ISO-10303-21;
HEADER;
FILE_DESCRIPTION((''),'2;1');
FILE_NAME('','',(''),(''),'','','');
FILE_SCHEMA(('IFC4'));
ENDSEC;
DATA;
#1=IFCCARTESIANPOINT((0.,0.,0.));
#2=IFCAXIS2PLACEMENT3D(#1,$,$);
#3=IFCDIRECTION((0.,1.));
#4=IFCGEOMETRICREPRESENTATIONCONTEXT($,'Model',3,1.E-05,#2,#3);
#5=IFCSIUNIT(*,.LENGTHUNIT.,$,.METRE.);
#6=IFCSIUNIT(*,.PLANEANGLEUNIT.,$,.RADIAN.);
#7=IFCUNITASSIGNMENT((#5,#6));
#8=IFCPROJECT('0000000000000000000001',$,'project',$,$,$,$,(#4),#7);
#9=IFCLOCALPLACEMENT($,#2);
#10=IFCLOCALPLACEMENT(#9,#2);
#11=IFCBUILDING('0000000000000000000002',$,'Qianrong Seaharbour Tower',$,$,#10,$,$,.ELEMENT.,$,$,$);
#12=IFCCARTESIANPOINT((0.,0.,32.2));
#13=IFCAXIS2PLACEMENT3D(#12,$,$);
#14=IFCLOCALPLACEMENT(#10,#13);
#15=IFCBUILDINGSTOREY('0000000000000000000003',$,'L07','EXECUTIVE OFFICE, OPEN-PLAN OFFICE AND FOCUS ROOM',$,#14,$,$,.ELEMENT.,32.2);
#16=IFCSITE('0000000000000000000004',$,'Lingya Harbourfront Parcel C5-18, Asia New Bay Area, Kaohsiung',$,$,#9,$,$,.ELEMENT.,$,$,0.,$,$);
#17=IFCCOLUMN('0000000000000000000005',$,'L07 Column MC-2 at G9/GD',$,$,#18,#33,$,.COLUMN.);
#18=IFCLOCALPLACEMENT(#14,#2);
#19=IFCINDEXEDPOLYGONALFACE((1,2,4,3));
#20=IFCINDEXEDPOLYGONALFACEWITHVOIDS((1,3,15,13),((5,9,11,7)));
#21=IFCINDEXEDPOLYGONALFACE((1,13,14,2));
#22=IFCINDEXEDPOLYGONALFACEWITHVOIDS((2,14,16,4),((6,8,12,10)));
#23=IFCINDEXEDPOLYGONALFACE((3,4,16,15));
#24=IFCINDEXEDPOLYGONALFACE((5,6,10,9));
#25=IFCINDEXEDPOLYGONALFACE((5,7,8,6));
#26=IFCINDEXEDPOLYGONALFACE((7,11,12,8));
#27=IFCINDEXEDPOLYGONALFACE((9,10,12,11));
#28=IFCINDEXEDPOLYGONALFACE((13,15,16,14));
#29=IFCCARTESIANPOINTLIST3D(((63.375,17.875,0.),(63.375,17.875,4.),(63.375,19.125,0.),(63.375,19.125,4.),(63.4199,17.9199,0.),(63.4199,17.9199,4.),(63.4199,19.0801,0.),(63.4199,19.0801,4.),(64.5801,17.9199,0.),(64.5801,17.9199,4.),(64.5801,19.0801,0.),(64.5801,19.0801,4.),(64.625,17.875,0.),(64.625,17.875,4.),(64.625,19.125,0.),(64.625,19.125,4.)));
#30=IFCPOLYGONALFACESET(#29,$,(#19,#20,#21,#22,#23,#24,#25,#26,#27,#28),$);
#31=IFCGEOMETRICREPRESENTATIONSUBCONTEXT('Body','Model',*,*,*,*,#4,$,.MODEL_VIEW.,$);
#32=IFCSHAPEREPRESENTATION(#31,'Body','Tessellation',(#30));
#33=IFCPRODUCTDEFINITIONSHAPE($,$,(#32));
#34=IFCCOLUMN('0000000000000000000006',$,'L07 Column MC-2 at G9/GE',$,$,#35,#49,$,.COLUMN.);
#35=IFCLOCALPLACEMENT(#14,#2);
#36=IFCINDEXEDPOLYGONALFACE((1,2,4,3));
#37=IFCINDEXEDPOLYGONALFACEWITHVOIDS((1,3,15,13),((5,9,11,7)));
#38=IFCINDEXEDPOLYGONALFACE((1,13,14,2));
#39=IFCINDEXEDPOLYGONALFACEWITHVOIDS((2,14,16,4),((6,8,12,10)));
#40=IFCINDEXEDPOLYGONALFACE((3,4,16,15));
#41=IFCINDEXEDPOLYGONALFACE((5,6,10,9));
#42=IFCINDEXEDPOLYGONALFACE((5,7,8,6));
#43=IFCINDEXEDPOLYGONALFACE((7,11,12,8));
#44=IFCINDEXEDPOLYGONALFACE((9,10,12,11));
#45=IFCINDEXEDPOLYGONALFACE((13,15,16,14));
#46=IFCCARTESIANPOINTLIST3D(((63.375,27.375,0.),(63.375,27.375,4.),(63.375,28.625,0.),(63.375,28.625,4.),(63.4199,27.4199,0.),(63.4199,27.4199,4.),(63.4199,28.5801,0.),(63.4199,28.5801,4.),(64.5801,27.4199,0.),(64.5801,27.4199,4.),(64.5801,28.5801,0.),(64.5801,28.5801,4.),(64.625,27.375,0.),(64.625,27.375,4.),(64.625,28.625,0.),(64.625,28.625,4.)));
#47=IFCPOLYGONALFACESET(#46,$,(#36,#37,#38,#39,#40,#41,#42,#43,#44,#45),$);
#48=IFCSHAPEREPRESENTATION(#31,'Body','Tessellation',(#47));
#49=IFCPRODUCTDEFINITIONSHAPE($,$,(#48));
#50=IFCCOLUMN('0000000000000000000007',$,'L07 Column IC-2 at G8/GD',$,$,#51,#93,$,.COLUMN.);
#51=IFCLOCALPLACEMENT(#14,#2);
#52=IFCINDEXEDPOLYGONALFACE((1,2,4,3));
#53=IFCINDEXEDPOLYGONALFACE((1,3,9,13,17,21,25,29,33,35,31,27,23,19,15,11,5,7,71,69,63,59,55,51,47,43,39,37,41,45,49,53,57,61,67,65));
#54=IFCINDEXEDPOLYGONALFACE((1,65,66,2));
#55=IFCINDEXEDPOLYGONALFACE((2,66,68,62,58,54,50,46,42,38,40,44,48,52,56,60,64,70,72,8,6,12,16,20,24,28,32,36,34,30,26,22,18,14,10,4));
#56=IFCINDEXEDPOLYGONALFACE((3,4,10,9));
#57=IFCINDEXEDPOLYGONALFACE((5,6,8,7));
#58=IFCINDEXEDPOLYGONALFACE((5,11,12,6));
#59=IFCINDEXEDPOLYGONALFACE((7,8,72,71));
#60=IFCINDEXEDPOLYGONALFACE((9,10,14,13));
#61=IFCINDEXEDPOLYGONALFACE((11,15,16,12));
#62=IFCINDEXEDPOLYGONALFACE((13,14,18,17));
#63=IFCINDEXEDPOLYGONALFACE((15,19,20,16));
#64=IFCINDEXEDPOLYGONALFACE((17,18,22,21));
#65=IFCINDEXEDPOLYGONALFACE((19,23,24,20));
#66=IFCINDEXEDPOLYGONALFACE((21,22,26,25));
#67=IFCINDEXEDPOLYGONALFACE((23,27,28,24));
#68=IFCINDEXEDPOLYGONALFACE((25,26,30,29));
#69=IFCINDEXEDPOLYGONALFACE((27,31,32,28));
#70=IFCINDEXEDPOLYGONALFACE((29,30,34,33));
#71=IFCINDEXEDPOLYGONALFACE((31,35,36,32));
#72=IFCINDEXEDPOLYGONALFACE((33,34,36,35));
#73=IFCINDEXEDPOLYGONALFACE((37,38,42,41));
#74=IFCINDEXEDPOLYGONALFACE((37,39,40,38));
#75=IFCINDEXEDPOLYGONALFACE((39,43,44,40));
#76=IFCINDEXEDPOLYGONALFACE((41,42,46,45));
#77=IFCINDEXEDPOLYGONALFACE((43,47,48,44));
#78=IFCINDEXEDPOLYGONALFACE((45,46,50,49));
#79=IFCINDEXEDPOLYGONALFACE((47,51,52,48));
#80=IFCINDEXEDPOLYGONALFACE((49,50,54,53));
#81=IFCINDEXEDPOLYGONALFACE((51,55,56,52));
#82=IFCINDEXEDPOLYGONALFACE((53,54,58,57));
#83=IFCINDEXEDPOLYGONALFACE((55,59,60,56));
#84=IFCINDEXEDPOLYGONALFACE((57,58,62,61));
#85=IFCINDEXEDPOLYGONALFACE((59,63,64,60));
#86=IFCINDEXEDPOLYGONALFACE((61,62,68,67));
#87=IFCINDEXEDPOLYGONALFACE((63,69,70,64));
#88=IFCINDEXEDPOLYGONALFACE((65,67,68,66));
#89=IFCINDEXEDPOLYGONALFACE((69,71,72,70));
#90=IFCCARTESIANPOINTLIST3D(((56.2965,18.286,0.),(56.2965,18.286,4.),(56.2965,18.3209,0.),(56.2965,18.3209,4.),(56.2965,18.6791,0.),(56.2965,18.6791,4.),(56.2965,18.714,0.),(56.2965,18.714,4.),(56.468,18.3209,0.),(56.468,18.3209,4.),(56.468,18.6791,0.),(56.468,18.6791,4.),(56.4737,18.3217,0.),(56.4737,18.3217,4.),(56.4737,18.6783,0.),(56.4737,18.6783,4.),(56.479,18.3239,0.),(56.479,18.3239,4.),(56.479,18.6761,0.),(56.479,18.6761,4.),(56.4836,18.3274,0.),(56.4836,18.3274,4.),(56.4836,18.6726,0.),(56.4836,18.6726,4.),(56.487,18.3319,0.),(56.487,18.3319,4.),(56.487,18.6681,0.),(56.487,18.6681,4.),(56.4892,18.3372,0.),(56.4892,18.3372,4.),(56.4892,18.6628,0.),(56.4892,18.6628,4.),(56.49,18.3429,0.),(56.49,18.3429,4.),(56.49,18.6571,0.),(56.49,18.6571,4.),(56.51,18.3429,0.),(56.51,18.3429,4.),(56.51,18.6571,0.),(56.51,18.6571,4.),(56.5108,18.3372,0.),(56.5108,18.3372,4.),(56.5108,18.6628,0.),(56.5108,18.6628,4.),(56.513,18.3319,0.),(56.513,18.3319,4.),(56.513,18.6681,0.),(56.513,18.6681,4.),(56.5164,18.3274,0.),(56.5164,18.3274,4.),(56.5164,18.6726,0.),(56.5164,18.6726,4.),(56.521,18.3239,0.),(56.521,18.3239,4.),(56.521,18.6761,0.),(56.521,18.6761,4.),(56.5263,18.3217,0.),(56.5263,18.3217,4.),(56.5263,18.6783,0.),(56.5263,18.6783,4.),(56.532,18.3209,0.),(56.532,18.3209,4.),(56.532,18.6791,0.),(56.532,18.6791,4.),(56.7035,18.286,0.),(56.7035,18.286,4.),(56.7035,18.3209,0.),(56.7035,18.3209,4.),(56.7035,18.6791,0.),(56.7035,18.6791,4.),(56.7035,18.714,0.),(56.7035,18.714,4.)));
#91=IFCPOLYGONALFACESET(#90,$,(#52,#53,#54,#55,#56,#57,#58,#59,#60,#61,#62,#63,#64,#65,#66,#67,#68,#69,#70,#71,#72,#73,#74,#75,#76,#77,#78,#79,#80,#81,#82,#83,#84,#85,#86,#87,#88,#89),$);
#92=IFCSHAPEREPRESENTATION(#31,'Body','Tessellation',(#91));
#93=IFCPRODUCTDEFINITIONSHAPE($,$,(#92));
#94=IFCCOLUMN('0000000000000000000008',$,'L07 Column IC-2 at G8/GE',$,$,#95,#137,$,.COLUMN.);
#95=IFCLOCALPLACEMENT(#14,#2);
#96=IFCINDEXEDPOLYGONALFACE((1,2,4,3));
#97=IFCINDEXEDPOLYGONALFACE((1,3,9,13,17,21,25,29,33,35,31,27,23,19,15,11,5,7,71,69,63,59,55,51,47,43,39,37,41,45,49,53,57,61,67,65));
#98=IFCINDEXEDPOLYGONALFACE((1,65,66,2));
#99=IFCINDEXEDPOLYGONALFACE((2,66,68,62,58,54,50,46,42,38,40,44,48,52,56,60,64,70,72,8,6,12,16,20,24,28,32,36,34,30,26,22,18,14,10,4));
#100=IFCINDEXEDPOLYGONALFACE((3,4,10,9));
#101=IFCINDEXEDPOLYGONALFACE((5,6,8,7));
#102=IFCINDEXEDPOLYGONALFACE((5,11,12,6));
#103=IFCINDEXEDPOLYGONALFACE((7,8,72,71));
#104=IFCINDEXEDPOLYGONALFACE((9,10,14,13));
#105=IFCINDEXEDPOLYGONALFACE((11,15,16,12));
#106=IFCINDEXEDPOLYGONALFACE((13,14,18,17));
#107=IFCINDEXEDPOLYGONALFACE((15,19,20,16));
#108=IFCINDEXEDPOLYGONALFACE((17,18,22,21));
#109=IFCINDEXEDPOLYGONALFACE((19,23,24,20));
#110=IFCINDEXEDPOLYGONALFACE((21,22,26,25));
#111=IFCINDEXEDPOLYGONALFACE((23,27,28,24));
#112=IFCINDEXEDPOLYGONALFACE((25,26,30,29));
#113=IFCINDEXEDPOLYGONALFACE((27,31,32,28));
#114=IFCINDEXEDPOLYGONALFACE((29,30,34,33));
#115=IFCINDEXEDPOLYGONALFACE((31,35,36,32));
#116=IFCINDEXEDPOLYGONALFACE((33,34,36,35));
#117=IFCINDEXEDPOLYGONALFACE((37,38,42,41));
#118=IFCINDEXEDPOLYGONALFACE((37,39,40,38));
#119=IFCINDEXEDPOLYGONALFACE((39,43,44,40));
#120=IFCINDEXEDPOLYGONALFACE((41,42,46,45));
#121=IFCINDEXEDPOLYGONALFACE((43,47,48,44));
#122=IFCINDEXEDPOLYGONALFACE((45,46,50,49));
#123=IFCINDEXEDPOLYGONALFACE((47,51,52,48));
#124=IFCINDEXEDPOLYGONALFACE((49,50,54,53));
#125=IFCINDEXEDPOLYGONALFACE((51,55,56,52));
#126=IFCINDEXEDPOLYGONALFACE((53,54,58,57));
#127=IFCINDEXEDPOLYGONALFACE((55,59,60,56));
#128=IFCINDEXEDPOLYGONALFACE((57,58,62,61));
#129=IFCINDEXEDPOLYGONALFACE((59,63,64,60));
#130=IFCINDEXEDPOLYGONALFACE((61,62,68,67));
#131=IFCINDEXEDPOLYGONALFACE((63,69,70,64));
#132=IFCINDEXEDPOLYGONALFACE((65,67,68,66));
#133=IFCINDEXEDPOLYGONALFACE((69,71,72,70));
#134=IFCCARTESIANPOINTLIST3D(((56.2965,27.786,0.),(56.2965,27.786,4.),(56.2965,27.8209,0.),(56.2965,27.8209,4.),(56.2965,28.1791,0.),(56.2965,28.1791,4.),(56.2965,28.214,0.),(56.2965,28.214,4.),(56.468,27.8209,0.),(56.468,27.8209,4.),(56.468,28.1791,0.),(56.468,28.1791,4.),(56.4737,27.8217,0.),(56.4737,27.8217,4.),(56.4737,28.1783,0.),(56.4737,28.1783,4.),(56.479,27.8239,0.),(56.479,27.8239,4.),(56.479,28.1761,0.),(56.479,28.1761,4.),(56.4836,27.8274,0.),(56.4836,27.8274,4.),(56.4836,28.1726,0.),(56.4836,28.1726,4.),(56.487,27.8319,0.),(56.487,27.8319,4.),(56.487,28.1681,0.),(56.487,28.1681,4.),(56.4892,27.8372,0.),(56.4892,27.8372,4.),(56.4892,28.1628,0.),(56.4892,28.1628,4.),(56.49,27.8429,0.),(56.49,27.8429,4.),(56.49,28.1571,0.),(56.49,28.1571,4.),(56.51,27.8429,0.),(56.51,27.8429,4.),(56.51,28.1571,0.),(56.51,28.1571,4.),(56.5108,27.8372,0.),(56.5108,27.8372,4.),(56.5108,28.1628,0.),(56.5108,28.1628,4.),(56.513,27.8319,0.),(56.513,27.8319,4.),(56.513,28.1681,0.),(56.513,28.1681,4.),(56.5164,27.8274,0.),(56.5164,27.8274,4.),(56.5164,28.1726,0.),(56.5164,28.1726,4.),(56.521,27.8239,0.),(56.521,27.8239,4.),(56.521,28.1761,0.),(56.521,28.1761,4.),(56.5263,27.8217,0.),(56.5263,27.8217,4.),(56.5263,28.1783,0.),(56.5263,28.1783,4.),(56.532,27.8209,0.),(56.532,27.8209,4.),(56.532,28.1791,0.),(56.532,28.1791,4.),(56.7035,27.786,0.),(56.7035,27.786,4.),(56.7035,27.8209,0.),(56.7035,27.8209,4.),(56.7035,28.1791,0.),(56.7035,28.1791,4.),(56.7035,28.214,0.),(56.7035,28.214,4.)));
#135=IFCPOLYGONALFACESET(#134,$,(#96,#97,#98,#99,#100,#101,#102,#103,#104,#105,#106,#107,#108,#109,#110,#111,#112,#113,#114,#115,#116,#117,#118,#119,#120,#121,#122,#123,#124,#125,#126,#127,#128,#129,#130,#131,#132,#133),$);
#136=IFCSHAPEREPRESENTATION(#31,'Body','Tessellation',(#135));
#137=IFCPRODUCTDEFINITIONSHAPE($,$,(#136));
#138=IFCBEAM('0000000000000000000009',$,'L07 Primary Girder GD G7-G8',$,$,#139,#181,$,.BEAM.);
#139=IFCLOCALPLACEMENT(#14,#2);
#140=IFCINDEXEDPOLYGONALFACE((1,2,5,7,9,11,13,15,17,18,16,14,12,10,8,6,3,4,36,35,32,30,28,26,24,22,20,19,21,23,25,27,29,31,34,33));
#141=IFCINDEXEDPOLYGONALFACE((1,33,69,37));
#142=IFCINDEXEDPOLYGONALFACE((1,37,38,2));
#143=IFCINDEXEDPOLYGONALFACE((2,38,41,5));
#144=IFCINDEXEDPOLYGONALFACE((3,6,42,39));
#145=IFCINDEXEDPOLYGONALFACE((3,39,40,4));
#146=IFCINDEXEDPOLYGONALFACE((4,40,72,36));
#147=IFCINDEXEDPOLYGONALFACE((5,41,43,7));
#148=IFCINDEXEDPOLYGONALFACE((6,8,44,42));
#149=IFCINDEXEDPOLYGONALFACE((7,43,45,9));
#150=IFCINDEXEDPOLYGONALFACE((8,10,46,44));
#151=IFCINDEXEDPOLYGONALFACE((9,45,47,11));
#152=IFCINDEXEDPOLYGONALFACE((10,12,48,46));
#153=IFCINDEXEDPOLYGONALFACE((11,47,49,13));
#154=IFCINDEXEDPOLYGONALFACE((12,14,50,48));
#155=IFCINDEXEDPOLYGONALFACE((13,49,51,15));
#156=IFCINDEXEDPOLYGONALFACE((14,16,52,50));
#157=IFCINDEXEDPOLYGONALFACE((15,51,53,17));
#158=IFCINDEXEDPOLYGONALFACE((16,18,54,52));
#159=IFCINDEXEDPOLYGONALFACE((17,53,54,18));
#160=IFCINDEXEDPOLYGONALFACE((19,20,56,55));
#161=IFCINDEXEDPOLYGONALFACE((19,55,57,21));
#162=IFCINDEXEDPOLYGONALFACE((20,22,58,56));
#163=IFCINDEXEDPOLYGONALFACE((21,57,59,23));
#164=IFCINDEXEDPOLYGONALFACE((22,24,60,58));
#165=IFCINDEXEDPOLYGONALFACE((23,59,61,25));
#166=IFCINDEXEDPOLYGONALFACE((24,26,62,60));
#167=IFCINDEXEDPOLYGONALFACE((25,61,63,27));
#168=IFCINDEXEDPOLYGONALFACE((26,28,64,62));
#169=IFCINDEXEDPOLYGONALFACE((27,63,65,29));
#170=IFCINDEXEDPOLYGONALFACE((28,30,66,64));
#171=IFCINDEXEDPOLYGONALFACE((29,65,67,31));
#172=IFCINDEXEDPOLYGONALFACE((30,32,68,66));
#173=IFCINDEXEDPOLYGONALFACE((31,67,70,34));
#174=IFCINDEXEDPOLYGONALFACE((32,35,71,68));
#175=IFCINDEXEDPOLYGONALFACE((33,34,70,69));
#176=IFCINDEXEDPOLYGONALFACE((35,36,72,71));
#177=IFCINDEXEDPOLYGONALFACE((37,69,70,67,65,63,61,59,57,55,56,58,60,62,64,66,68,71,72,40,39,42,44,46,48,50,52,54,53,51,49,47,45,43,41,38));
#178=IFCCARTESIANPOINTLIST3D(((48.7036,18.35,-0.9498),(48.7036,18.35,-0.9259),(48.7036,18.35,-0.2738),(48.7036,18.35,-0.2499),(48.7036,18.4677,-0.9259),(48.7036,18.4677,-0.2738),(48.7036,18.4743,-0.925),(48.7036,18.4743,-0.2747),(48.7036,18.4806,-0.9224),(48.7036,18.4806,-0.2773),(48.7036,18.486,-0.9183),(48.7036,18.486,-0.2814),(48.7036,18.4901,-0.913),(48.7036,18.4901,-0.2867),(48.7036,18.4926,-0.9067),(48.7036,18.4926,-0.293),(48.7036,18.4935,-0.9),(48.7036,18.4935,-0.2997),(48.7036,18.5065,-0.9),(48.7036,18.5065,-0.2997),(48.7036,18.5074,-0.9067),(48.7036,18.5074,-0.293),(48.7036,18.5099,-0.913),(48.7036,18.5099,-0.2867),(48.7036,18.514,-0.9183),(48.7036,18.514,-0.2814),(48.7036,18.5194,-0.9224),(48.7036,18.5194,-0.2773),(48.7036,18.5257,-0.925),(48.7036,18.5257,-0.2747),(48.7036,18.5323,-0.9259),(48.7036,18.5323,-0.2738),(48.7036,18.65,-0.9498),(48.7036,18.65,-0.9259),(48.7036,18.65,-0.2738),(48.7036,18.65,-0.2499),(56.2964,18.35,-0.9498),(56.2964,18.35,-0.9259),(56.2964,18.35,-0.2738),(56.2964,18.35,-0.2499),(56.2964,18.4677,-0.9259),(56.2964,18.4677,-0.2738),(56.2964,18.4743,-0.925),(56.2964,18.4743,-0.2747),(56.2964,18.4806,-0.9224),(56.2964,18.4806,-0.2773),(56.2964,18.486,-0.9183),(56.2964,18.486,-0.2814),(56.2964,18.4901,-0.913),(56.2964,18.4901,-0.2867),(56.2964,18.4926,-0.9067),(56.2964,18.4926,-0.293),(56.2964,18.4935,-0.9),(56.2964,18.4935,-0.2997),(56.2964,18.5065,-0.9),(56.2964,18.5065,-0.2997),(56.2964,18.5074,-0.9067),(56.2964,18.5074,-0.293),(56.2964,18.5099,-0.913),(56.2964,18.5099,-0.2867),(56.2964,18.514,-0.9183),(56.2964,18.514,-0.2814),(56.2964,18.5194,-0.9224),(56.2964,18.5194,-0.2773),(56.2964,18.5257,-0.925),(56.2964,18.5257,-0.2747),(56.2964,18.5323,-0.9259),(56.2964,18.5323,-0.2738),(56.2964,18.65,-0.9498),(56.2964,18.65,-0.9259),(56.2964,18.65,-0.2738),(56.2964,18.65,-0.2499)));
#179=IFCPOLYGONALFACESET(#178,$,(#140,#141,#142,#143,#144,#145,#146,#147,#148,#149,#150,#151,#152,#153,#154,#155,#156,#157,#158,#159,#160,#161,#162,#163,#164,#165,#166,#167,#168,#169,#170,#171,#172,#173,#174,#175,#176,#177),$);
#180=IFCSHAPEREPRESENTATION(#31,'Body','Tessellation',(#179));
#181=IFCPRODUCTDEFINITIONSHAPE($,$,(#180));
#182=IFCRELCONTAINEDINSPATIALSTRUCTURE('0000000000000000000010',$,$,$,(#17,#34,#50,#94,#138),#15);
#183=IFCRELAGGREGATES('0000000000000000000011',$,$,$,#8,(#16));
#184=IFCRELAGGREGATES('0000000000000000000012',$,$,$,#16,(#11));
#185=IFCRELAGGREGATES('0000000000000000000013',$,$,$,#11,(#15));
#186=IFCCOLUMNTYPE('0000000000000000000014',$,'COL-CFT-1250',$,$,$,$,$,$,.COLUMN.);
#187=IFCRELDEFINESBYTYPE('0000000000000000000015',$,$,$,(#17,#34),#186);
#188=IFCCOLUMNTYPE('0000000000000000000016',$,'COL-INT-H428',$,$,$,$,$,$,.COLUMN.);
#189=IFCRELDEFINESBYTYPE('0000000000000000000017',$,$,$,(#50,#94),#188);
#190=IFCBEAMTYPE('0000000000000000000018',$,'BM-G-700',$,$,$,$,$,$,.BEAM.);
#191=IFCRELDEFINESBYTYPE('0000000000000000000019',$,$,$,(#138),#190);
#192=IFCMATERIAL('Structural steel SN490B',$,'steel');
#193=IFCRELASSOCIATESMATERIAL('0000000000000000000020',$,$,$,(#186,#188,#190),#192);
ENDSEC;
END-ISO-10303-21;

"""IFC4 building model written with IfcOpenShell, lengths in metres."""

from ifc_helpers import new_model, si_unit, direction, frame, origin, origin_2d, place, context, subcontext, project, spatial, hollow_rectangle, i_section, extrude, material, material_profile, profile_set, type_object, element, save


model = new_model("IFC4")

# Units and contexts
model_context = context("Model", 3, precision=1e-05, world=origin(), true_north=direction((0.0, 1.0)))
body_context = subcontext(model_context, "Body", "Model", "MODEL_VIEW")
ifc_project = project(units=[si_unit("LENGTHUNIT", "METRE"), si_unit("PLANEANGLEUNIT", "RADIAN")], contexts=[model_context])

# Site, building, storey
site_placement = place(None, origin())
site = spatial("IfcSite", under=ifc_project, at=site_placement, Name="Lingya Harbourfront Parcel C5-18, Asia New Bay Area, Kaohsiung", CompositionType="ELEMENT", RefElevation=0.0)
building_placement = place(site_placement, origin())
building = spatial("IfcBuilding", under=site, at=building_placement, Name="Qianrong Seaharbour Tower", CompositionType="ELEMENT")
storey_placement = place(building_placement, frame((0.0, 0.0, 32.2)))
storey = spatial("IfcBuildingStorey", under=building, at=storey_placement, Name="L07", Description="EXECUTIVE OFFICE, OPEN-PLAN OFFICE AND FOCUS ROOM", CompositionType="ELEMENT", Elevation=32.2)

# Columns
ifc_material_1 = material(Name="Structural steel SN490B", Category="steel")
ifc_material_profile_1 = material_profile(ifc_material_1, hollow_rectangle(XDim=1.25, YDim=1.25, WallThickness=0.0449, at=origin_2d()), Name="BOX1250x1250x45")
ifc_profile_set_1 = profile_set([ifc_material_profile_1], Name="Structural steel SN490B")
column_type_1 = type_object("IfcColumnType", Name="COL-CFT-1250", PredefinedType="COLUMN", material=ifc_profile_set_1)
for number, where, z_axis, x_axis, name in (
    (1, (64.0, 18.5, 0.0), (0.0, 0.0, 1.0), (1.0, 0.0, 0.0), "L07 Column MC-2 at G9/GD"),
    (2, (64.0, 28.0, 0.0), (0.0, 0.0, 1.0), (1.0, 0.0, 0.0), "L07 Column MC-2 at G9/GE"),
):
    element("IfcColumn", number, at=place(storey_placement, frame(where, z_axis=z_axis, x_axis=x_axis)), inside=storey, type_object=column_type_1, Name=name, PredefinedType="COLUMN", context=body_context, shape_type="SweptSolid", body=[
        extrude(hollow_rectangle(XDim=1.25, YDim=1.25, WallThickness=0.0449, at=origin_2d()), origin(), (0.0, 0.0, 1.0), 4.0),
    ])
ifc_material_profile_2 = material_profile(ifc_material_1, i_section(OverallWidth=0.407, OverallDepth=0.428, WebThickness=0.02, FlangeThickness=0.0349, FilletRadius=0.022, at=origin_2d()), Name="H428x407x20x35")
ifc_profile_set_2 = profile_set([ifc_material_profile_2], Name="Structural steel SN490B")
column_type_2 = type_object("IfcColumnType", Name="COL-INT-H428", PredefinedType="COLUMN", material=ifc_profile_set_2)
for number, where, z_axis, x_axis, name in (
    (3, (56.5, 18.5, 0.0), (0.0, 0.0, 1.0), (1.0, 0.0, 0.0), "L07 Column IC-2 at G8/GD"),
    (4, (56.5, 28.0, 0.0), (0.0, 0.0, 1.0), (1.0, 0.0, 0.0), "L07 Column IC-2 at G8/GE"),
):
    element("IfcColumn", number, at=place(storey_placement, frame(where, z_axis=z_axis, x_axis=x_axis)), inside=storey, type_object=column_type_2, Name=name, PredefinedType="COLUMN", context=body_context, shape_type="SweptSolid", body=[
        extrude(i_section(OverallWidth=0.407, OverallDepth=0.428, WebThickness=0.02, FlangeThickness=0.0349, FilletRadius=0.022, at=origin_2d()), origin(), (0.0, 0.0, 1.0), 4.0),
    ])

# Beam
ifc_material_profile_3 = material_profile(ifc_material_1, i_section(OverallWidth=0.3, OverallDepth=0.7, WebThickness=0.0129, FlangeThickness=0.0239, FilletRadius=0.0259, at=origin_2d()), Name="H700x300x13x24")
ifc_profile_set_3 = profile_set([ifc_material_profile_3], Name="Structural steel SN490B")
beam_type_1 = type_object("IfcBeamType", Name="BM-G-700", PredefinedType="BEAM", material=ifc_profile_set_3)
beam_1_placement = place(storey_placement, frame((48.7036, 18.5, -0.5999), z_axis=(1.0, 0.0, 0.0), x_axis=(0.0, 1.0, 0.0)))
element("IfcBeam", 5, at=beam_1_placement, inside=storey, type_object=beam_type_1, Name="L07 Primary Girder GD G7-G8", PredefinedType="BEAM", context=body_context, shape_type="SweptSolid", body=[
    extrude(i_section(OverallWidth=0.3, OverallDepth=0.7, WebThickness=0.0129, FlangeThickness=0.0239, FilletRadius=0.0259, at=origin_2d()), origin(), (0.0, 0.0, 1.0), 7.5928),
])

save(model, "model.ifc")
